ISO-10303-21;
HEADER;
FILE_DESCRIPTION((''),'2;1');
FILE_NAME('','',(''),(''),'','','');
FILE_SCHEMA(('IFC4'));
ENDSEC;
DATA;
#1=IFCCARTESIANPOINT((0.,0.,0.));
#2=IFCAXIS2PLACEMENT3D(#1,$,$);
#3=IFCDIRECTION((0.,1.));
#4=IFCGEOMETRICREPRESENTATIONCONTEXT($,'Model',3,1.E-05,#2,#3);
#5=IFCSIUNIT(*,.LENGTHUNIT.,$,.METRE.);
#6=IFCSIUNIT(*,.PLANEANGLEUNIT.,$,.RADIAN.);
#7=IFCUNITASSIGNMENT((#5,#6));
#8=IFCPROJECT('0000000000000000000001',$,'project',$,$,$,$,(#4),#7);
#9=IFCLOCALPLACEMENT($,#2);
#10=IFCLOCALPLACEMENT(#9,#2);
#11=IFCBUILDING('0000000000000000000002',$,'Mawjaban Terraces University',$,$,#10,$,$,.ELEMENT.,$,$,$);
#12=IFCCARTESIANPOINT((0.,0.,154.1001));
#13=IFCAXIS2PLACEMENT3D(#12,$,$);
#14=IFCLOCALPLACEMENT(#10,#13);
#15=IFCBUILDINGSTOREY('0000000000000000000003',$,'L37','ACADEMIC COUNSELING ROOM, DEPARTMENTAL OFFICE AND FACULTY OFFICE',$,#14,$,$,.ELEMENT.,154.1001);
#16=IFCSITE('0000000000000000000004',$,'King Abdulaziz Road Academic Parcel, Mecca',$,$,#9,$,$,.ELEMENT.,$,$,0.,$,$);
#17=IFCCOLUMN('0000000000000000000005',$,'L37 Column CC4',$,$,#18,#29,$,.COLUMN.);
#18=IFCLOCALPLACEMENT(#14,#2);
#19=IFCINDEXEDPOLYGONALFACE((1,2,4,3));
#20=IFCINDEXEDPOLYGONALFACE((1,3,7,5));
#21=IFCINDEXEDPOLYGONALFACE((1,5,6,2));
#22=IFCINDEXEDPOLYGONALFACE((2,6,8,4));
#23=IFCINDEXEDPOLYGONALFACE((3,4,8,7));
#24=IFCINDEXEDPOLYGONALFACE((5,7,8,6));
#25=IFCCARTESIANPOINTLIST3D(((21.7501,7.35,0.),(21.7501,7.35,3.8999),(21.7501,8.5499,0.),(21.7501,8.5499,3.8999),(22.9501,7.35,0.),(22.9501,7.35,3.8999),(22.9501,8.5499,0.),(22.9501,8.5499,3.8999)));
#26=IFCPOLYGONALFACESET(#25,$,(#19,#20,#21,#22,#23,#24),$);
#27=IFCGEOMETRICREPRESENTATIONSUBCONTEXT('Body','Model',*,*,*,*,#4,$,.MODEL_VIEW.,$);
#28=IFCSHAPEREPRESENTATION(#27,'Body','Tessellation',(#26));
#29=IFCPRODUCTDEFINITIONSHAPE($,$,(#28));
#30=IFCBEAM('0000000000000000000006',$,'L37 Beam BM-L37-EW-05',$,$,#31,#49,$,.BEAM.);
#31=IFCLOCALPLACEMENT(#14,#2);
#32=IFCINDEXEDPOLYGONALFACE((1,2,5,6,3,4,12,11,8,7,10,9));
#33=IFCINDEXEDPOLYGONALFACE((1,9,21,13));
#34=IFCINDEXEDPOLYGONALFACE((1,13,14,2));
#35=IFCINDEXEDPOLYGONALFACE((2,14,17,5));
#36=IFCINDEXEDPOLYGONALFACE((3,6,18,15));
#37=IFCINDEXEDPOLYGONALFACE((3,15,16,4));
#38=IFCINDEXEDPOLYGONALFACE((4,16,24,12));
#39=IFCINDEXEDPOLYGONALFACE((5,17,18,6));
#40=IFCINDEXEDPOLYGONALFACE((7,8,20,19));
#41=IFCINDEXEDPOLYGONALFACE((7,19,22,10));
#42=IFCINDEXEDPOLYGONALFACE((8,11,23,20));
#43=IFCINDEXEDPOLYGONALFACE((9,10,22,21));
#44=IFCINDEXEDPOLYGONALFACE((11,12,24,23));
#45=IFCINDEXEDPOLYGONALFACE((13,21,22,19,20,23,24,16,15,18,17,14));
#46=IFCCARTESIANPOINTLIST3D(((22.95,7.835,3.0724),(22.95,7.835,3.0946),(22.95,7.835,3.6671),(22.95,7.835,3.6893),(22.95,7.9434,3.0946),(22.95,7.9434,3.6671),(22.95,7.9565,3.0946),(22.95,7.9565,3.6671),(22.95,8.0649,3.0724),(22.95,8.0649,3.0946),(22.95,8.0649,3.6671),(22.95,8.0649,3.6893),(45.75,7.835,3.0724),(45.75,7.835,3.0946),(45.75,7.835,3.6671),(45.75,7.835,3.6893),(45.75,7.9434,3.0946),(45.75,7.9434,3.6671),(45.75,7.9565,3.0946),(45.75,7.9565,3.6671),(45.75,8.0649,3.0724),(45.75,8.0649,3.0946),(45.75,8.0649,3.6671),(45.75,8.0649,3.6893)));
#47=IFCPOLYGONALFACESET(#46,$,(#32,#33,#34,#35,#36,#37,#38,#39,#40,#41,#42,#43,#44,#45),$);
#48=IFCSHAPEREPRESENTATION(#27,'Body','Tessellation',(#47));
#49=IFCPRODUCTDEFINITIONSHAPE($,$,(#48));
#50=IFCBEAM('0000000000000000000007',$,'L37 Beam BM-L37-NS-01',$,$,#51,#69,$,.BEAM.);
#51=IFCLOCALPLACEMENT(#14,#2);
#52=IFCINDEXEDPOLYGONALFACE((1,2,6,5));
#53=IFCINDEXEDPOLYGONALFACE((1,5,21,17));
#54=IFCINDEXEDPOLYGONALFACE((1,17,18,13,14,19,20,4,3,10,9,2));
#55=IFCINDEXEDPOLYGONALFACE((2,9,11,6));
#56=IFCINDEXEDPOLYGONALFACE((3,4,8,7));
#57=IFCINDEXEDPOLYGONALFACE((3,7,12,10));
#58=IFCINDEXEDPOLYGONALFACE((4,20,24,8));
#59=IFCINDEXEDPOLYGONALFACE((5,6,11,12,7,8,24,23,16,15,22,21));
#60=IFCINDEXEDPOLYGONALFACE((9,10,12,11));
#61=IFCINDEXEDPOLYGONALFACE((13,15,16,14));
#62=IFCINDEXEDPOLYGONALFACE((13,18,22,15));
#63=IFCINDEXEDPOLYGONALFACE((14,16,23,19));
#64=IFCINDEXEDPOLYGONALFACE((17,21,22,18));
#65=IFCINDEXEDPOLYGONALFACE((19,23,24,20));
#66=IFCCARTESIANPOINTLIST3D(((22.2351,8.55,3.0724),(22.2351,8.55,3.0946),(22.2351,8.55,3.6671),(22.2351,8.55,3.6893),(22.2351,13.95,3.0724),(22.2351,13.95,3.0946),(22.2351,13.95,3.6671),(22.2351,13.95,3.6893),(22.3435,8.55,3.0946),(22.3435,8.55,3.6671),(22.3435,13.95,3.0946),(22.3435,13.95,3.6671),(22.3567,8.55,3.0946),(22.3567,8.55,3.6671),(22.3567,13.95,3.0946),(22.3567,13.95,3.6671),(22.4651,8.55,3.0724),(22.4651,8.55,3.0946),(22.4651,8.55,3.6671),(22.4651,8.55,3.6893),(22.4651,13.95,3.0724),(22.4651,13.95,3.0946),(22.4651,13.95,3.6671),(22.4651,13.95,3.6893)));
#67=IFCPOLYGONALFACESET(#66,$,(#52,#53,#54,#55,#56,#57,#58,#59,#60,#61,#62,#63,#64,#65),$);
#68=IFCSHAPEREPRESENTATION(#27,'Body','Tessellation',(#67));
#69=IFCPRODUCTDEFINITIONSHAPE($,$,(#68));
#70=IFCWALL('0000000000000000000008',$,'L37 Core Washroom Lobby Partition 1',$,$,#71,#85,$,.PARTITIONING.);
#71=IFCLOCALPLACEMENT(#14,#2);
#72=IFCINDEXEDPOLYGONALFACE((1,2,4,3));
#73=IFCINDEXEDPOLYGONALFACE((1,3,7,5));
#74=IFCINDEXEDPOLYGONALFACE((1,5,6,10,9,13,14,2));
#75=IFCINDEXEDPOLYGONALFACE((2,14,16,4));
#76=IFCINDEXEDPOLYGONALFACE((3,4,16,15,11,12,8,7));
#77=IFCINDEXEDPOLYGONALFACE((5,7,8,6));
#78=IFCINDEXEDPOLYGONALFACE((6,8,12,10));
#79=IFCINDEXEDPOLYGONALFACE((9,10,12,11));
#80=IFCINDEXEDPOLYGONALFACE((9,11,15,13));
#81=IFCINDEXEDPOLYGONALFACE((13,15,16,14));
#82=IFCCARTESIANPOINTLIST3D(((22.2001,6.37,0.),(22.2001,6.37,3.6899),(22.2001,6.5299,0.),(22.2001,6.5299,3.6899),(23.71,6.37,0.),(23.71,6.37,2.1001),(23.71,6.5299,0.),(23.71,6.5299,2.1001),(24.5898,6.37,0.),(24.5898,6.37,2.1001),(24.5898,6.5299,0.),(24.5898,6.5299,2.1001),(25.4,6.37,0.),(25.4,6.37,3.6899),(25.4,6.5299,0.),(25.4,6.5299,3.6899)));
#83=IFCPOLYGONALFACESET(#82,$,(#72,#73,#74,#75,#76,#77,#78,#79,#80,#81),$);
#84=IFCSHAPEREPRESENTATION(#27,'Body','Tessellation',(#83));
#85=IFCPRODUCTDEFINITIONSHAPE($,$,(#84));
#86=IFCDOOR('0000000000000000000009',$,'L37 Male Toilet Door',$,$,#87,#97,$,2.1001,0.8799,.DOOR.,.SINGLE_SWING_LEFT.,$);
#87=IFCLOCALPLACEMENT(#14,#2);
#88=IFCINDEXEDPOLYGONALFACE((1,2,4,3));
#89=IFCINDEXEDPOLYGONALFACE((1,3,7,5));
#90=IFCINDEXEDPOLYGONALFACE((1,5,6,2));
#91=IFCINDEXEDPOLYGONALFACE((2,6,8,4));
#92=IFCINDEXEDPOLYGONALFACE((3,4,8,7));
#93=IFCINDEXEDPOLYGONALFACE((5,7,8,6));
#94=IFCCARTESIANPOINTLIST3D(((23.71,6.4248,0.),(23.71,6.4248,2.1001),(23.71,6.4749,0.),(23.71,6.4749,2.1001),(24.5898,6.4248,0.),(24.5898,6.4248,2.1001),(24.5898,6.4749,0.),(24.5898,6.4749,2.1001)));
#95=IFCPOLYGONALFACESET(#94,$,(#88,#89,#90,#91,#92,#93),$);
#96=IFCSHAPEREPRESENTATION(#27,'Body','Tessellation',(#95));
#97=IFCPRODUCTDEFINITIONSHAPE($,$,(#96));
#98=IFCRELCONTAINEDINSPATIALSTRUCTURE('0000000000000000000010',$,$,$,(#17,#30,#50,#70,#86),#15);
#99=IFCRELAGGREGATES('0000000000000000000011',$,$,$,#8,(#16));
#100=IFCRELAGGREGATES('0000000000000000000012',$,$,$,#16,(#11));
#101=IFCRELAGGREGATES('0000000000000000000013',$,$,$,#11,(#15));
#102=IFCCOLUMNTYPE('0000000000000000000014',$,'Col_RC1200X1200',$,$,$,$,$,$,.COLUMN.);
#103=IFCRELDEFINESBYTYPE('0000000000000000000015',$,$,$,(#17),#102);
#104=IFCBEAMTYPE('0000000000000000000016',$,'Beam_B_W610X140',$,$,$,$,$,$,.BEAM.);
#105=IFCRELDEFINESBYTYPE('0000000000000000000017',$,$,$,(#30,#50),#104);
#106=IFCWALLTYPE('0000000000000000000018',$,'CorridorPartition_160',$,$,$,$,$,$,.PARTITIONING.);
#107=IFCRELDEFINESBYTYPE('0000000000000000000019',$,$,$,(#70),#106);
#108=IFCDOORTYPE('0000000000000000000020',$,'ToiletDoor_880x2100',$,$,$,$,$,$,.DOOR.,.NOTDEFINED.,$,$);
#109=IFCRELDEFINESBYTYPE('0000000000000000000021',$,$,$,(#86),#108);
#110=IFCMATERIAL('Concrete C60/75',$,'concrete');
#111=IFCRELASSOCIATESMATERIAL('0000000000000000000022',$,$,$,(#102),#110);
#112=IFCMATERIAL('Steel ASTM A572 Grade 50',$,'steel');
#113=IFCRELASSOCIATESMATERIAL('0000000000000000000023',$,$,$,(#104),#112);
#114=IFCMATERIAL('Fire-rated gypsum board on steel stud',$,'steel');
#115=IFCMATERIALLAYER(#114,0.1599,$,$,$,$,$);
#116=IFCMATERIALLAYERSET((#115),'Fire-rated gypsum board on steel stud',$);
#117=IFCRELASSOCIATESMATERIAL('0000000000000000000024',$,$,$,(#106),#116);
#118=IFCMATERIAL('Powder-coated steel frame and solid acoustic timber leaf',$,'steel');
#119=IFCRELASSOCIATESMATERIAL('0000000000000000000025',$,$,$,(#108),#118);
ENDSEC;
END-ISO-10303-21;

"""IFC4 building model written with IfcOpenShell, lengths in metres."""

from ifc_helpers import new_model, si_unit, direction, frame, frame_2d, origin, origin_2d, place, context, subcontext, project, spatial, rectangle, i_section, extrude, material, layer, layer_set, material_profile, profile_set, type_object, element, fill, save


model = new_model("IFC4")

# Units and contexts
model_context = context("Model", 3, precision=1e-05, world=origin(), true_north=direction((0.0, 1.0)))
body_context = subcontext(model_context, "Body", "Model", "MODEL_VIEW")
ifc_project = project(units=[si_unit("LENGTHUNIT", "METRE"), si_unit("PLANEANGLEUNIT", "RADIAN")], contexts=[model_context])

# Site, building, storey
site_placement = place(None, origin())
site = spatial("IfcSite", under=ifc_project, at=site_placement, Name="King Abdulaziz Road Academic Parcel, Mecca", CompositionType="ELEMENT", RefElevation=0.0)
building_placement = place(site_placement, origin())
building = spatial("IfcBuilding", under=site, at=building_placement, Name="Mawjaban Terraces University", CompositionType="ELEMENT")
storey_placement = place(building_placement, frame((0.0, 0.0, 154.1001)))
storey = spatial("IfcBuildingStorey", under=building, at=storey_placement, Name="L37", Description="ACADEMIC COUNSELING ROOM, DEPARTMENTAL OFFICE AND FACULTY OFFICE", CompositionType="ELEMENT", Elevation=154.1001)

# Column
ifc_material_1 = material(Name="Concrete C60/75", Category="concrete")
ifc_material_profile_1 = material_profile(ifc_material_1, rectangle(XDim=1.2, YDim=1.2, at=origin_2d()), Name="RC1200X1200")
ifc_profile_set_1 = profile_set([ifc_material_profile_1], Name="Concrete C60/75")
column_type = type_object("IfcColumnType", Name="Col_RC1200X1200", PredefinedType="COLUMN", material=ifc_profile_set_1)
column_placement = place(storey_placement, frame((22.3501, 7.95, 0.0), z_axis=(0.0, 0.0, 1.0), x_axis=(1.0, 0.0, 0.0)))
element("IfcColumn", 1, at=column_placement, inside=storey, type_object=column_type, Name="L37 Column CC4", PredefinedType="COLUMN", context=body_context, shape_type="SweptSolid", body=[
    extrude(rectangle(XDim=1.2, YDim=1.2, at=origin_2d()), origin(), (0.0, 0.0, 1.0), 3.8999),
])

# Beams
ifc_material_2 = material(Name="Steel ASTM A572 Grade 50", Category="steel")
ifc_material_profile_2 = material_profile(ifc_material_2, i_section(OverallWidth=0.23, OverallDepth=0.6169, WebThickness=0.0132, FlangeThickness=0.0222, at=origin_2d()), Name="W610X140")
ifc_profile_set_2 = profile_set([ifc_material_profile_2], Name="Steel ASTM A572 Grade 50")
beam_type = type_object("IfcBeamType", Name="Beam_B_W610X140", PredefinedType="BEAM", material=ifc_profile_set_2)
beam_1_placement = place(storey_placement, frame((22.95, 7.95, 3.3809), z_axis=(1.0, 0.0, 0.0), x_axis=(0.0, 1.0, 0.0)))
element("IfcBeam", 2, at=beam_1_placement, inside=storey, type_object=beam_type, Name="L37 Beam BM-L37-EW-05", PredefinedType="BEAM", context=body_context, shape_type="SweptSolid", body=[
    extrude(i_section(OverallWidth=0.23, OverallDepth=0.6169, WebThickness=0.0132, FlangeThickness=0.0222, at=origin_2d()), origin(), (0.0, 0.0, 1.0), 22.8),
])
beam_2_placement = place(storey_placement, frame((22.3501, 8.55, 3.3809), z_axis=(0.0, 1.0, 0.0), x_axis=(-1.0, 0.0, 0.0)))
element("IfcBeam", 3, at=beam_2_placement, inside=storey, type_object=beam_type, Name="L37 Beam BM-L37-NS-01", PredefinedType="BEAM", context=body_context, shape_type="SweptSolid", body=[
    extrude(i_section(OverallWidth=0.23, OverallDepth=0.6169, WebThickness=0.0132, FlangeThickness=0.0222, at=origin_2d()), origin(), (0.0, 0.0, 1.0), 5.3999),
])

# Wall, opening, door
ifc_material_3 = material(Name="Fire-rated gypsum board on steel stud", Category="steel")
ifc_layer_1 = layer(ifc_material_3, 0.1599)
ifc_layer_set_1 = layer_set([ifc_layer_1], Name="Fire-rated gypsum board on steel stud")
wall_type_1 = type_object("IfcWallType", Name="CorridorPartition_160", PredefinedType="PARTITIONING", material=ifc_layer_set_1)
wall_1_placement = place(storey_placement, frame((22.2, 6.45, 0.0), z_axis=(0.0, 0.0, 1.0), x_axis=(1.0, 0.0, 0.0)))
wall_1 = element("IfcWall", 4, at=wall_1_placement, inside=storey, type_object=wall_type_1, Name="L37 Core Washroom Lobby Partition 1", PredefinedType="PARTITIONING", context=body_context, shape_type="SweptSolid", body=[
    extrude(rectangle(XDim=3.2, YDim=0.1599, at=frame_2d((1.6001, 0.0))), origin(), (0.0, 0.0, 1.0), 3.6899),
])
opening_1_placement = place(wall_1_placement, frame((1.51, 0.0, 0.0)))
opening_1 = element("IfcOpeningElement", 5, at=opening_1_placement, cuts=wall_1, PredefinedType="OPENING", context=body_context, shape_type="SweptSolid", body=[
    extrude(rectangle(XDim=0.8799, YDim=2.1001, at=frame_2d((0.4399, 1.05))), frame((0.0, 0.0898, 0.0), z_axis=(0.0, -1.0, 0.0), x_axis=(1.0, 0.0, 0.0)), (0.0, 0.0, 1.0), 0.1799),
])
ifc_material_4 = material(Name="Powder-coated steel frame and solid acoustic timber leaf", Category="steel")
door_type = type_object("IfcDoorType", Name="ToiletDoor_880x2100", OperationType="NOTDEFINED", PredefinedType="DOOR", material=ifc_material_4)
door_placement = place(opening_1_placement, origin())
door = element("IfcDoor", 6, at=door_placement, inside=storey, type_object=door_type, Name="L37 Male Toilet Door", OperationType="SINGLE_SWING_LEFT", OverallHeight=2.1001, OverallWidth=0.8799, PredefinedType="DOOR", context=body_context, shape_type="SweptSolid", body=[
    extrude(rectangle(XDim=0.8799, YDim=2.1001, at=frame_2d((0.4399, 1.05))), frame((0.0, 0.0249, 0.0), z_axis=(0.0, -1.0, 0.0), x_axis=(1.0, 0.0, 0.0)), (0.0, 0.0, 1.0), 0.05),
])
fill(opening_1, door)

save(model, "model.ifc")
